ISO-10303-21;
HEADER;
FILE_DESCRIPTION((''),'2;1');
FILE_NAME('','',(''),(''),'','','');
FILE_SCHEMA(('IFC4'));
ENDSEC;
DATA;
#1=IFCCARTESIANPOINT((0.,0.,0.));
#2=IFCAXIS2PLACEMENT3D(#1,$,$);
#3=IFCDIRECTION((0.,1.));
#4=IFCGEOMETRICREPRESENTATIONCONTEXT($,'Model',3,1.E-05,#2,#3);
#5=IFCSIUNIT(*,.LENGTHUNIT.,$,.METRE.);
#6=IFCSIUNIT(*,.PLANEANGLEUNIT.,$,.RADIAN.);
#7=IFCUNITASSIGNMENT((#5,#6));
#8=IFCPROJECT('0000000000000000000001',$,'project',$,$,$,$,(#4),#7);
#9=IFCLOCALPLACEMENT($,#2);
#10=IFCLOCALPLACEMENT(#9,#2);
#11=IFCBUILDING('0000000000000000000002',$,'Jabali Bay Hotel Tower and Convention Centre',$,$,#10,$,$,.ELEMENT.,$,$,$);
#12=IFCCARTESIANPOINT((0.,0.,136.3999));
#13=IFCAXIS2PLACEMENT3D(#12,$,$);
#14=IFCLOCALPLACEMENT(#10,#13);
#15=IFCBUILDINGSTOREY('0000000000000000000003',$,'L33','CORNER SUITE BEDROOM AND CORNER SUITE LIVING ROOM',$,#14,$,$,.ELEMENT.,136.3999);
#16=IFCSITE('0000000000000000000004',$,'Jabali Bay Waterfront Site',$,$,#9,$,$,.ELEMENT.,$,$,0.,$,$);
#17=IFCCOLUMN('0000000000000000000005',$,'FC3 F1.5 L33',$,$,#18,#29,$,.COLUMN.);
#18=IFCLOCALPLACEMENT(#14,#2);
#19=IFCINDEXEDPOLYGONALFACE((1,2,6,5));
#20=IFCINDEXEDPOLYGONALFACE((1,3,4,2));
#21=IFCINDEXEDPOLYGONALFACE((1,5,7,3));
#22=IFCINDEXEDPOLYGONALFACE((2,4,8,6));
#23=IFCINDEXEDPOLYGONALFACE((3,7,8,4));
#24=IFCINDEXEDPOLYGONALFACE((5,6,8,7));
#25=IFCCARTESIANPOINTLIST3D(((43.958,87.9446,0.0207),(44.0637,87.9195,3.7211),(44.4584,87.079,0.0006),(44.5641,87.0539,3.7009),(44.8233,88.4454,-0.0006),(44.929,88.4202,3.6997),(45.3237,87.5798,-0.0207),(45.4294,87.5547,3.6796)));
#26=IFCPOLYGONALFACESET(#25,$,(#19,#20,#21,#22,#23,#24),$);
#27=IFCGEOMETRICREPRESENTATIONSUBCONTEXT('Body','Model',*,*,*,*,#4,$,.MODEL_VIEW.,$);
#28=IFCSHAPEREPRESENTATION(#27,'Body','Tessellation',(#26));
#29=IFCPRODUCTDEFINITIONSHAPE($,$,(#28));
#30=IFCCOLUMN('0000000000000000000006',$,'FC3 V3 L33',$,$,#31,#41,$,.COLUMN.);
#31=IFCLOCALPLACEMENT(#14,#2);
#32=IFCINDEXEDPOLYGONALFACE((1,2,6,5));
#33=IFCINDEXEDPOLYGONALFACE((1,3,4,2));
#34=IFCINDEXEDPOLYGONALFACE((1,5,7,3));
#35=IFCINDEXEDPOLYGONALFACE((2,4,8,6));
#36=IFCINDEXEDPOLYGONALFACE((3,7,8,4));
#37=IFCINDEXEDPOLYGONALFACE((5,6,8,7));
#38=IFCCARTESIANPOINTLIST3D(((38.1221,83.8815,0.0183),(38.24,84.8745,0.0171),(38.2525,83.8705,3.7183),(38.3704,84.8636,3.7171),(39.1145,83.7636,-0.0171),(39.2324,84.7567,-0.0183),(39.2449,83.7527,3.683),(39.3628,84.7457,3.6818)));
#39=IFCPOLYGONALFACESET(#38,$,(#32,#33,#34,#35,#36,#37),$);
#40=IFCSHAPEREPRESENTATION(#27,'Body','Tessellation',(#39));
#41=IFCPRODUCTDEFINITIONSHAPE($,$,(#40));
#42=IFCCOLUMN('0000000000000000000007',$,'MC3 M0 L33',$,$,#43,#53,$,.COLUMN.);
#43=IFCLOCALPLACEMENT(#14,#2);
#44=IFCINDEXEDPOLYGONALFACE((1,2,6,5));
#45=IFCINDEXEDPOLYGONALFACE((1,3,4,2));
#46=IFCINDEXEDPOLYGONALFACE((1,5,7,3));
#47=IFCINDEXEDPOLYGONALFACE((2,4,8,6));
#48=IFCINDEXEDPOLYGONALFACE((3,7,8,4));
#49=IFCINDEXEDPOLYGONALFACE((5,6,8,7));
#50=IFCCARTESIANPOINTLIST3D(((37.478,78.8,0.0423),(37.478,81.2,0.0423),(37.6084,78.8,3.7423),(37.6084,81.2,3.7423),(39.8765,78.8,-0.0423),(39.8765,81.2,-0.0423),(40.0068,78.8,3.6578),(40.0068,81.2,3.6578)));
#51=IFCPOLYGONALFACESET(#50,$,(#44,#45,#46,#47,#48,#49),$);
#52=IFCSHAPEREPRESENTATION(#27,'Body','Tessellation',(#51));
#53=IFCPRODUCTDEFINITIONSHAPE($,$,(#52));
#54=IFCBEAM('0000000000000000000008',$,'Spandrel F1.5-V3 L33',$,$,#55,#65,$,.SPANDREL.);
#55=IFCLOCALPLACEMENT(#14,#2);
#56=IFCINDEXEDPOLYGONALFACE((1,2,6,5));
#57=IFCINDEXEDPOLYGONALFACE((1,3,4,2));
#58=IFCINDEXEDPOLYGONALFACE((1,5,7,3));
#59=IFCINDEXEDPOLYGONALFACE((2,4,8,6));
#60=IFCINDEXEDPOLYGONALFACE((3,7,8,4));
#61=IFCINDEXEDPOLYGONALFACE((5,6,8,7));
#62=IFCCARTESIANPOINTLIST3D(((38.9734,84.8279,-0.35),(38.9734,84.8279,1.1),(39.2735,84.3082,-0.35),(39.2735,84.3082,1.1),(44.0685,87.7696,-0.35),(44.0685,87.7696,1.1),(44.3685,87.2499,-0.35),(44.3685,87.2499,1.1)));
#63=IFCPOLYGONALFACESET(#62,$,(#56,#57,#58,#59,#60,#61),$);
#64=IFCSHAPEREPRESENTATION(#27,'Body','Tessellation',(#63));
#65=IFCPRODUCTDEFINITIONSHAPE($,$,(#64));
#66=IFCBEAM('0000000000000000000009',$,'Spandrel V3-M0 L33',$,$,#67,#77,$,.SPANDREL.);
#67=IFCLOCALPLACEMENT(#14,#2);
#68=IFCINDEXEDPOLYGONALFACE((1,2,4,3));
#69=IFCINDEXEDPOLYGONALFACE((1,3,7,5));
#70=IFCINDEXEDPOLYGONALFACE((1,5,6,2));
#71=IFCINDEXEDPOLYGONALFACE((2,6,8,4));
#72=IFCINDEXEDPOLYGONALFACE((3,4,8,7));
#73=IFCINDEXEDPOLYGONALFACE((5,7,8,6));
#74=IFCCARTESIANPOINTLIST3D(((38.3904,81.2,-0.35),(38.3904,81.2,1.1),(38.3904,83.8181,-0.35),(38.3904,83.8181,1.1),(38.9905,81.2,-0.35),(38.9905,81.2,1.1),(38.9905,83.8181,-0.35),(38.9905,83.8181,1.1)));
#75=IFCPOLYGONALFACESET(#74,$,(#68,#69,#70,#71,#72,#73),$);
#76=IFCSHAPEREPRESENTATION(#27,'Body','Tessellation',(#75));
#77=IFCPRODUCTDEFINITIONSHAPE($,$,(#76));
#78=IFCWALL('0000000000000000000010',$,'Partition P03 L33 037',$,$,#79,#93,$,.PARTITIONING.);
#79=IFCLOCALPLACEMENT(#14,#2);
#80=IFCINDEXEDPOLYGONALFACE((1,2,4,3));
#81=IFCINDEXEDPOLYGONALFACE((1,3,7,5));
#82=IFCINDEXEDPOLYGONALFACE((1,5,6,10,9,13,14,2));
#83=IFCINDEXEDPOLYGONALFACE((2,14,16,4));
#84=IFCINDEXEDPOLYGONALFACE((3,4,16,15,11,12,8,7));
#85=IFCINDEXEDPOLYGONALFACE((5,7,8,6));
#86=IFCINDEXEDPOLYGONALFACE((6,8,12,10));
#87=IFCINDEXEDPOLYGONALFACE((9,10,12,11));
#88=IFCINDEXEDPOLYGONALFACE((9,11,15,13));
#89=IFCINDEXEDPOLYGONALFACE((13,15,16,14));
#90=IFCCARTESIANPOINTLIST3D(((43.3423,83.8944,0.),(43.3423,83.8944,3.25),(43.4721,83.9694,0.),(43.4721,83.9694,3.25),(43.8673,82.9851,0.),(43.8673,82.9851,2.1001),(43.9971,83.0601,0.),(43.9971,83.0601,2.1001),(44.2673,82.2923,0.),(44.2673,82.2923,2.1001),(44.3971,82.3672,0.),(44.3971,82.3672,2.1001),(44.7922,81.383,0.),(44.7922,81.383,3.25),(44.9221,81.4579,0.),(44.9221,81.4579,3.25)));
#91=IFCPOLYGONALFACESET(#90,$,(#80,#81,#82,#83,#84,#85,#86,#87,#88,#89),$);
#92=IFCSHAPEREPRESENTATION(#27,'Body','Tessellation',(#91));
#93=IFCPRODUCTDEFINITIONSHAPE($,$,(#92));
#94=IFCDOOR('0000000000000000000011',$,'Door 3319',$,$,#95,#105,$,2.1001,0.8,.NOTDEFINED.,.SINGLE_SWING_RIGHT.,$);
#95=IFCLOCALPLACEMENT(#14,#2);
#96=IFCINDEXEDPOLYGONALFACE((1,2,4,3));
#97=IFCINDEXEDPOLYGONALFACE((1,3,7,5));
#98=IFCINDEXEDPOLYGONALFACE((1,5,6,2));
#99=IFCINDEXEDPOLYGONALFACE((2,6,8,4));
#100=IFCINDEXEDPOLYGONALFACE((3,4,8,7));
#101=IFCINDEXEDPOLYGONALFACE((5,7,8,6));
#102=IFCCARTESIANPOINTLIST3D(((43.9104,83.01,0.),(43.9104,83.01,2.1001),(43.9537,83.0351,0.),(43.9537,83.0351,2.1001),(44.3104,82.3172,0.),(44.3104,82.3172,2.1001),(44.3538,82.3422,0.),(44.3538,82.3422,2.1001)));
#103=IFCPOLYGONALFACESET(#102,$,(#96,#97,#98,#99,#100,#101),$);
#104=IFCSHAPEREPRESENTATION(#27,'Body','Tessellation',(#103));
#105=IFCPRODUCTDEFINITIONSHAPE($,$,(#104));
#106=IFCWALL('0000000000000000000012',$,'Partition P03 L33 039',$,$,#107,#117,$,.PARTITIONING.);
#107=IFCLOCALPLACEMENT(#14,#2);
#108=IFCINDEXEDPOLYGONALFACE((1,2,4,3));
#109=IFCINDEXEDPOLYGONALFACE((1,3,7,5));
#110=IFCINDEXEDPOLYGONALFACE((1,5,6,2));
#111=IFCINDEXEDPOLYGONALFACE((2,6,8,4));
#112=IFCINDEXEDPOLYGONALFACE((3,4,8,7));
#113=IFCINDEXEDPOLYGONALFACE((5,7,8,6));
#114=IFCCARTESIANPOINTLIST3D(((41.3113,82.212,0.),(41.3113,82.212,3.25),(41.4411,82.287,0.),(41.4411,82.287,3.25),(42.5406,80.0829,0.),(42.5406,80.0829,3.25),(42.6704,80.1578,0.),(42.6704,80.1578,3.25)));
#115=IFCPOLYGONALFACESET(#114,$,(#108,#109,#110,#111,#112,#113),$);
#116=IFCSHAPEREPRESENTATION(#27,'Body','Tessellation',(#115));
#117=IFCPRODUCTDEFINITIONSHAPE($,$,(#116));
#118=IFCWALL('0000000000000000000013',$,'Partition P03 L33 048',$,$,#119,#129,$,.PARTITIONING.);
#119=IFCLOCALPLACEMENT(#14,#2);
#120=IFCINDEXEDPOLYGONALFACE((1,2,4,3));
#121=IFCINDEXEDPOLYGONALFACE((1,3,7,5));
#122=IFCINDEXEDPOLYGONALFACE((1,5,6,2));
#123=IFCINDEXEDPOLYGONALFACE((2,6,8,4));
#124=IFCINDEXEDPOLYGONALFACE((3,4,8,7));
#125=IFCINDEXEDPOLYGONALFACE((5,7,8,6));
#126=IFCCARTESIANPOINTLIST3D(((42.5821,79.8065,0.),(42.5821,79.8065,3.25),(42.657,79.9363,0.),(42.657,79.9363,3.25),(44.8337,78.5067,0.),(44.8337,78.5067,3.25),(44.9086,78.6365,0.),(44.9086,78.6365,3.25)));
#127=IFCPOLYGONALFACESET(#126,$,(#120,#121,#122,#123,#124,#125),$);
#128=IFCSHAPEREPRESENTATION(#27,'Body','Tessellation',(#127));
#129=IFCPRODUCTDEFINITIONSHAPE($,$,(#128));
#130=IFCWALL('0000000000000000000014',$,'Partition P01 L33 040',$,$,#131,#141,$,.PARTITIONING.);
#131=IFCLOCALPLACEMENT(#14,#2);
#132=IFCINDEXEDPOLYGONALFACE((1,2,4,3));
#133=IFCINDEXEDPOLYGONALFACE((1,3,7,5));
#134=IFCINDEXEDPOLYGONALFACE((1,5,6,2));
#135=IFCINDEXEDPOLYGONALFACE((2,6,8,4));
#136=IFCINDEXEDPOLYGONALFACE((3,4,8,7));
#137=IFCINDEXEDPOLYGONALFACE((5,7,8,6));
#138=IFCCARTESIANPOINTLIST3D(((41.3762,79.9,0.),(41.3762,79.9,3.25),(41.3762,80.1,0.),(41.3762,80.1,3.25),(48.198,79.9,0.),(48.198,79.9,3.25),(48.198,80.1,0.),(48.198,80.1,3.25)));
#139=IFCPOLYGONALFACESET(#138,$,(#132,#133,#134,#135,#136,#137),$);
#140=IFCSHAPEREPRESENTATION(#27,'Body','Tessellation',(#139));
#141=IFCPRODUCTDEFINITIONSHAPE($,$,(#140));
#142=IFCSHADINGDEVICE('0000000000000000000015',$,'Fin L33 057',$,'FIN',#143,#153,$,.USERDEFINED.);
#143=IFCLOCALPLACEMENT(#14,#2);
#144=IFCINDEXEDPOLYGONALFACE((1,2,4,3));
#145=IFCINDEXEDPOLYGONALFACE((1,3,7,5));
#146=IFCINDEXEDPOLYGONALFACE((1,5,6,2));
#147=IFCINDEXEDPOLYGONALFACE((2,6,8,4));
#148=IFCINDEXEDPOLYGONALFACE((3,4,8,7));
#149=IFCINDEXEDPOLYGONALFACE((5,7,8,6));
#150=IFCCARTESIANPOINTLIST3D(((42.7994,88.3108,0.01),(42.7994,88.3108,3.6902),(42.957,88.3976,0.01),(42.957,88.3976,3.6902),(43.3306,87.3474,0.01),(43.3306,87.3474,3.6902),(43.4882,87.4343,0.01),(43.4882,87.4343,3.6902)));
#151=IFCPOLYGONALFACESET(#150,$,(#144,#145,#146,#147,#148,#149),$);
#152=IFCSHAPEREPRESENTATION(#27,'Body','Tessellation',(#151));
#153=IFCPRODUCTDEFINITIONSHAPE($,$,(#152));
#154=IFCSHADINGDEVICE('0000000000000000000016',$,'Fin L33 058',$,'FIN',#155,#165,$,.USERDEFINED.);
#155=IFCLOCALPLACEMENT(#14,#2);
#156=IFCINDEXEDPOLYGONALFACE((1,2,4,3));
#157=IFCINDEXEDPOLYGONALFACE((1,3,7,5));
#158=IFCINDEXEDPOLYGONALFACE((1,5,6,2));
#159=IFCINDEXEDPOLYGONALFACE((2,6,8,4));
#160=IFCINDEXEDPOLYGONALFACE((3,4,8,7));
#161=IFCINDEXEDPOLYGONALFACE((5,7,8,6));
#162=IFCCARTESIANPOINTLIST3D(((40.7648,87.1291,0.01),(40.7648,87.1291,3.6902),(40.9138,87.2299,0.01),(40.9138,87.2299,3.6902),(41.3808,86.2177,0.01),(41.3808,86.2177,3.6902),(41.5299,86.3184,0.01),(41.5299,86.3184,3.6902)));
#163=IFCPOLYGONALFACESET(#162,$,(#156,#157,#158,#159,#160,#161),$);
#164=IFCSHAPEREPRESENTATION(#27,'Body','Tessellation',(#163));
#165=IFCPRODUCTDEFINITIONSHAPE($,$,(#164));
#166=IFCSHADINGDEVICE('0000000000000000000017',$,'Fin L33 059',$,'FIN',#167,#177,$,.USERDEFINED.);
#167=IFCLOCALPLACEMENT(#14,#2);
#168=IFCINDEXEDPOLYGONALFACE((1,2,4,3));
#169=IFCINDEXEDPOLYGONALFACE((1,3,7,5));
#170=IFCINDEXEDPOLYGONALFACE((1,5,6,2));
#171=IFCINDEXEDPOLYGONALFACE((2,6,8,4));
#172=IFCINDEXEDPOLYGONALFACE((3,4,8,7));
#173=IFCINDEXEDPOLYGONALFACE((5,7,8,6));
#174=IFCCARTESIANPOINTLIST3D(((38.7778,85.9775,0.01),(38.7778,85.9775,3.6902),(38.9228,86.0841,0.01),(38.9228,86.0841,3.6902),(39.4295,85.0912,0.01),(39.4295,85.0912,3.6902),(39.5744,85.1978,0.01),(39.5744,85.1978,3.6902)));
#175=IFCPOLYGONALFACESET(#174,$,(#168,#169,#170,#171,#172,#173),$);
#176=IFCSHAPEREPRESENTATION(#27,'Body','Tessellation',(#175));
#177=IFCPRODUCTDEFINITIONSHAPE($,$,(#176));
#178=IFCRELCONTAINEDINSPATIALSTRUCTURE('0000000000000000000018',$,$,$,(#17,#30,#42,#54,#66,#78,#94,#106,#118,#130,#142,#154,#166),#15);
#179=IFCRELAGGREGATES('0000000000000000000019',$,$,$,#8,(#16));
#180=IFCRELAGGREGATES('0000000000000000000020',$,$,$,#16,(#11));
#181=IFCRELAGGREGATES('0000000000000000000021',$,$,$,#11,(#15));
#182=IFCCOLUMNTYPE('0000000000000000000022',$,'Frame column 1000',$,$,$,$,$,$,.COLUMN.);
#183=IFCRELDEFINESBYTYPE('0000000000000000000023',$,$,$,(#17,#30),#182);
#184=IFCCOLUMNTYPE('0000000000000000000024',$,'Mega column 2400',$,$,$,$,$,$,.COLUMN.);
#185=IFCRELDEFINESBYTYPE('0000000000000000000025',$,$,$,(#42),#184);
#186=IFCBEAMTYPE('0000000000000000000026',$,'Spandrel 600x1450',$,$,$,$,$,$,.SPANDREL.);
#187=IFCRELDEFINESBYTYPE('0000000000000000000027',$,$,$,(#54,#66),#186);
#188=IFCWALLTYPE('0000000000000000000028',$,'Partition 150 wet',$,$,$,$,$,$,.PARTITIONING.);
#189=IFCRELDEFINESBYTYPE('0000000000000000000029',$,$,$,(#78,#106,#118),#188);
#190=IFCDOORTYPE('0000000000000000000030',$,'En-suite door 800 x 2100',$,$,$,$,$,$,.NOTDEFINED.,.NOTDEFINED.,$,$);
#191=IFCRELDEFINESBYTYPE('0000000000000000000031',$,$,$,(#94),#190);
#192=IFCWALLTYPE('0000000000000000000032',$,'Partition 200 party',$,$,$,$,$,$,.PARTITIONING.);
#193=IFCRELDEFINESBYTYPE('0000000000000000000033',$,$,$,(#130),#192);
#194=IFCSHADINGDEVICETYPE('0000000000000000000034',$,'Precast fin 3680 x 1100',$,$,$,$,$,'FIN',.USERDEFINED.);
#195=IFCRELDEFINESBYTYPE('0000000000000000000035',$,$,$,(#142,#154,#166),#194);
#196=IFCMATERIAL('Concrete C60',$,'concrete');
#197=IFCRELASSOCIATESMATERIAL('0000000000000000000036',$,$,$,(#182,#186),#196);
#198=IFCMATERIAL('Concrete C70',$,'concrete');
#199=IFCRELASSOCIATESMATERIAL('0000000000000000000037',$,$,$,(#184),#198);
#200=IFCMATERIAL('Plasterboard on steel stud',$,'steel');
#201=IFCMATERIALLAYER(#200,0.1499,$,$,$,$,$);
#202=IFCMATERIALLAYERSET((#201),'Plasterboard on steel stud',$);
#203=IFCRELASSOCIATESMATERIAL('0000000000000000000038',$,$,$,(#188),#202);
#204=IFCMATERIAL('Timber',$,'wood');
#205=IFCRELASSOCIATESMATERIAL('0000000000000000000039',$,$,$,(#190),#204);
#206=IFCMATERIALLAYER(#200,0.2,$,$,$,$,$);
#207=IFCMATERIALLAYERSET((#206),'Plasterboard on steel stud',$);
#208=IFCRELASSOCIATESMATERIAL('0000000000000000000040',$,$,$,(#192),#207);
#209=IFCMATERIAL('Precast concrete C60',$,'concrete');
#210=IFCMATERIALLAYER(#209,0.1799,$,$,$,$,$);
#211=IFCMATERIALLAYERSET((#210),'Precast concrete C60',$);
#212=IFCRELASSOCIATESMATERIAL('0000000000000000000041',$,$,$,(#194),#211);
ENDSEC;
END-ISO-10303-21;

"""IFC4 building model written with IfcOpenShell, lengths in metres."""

from ifc_helpers import new_model, si_unit, direction, frame, frame_2d, origin, origin_2d, place, context, subcontext, project, spatial, rectangle, extrude, material, layer, layer_set, material_profile, profile_set, type_object, element, fill, save


model = new_model("IFC4")

# Units and contexts
model_context = context("Model", 3, precision=1e-05, world=origin(), true_north=direction((0.0, 1.0)))
body_context = subcontext(model_context, "Body", "Model", "MODEL_VIEW")
ifc_project = project(units=[si_unit("LENGTHUNIT", "METRE"), si_unit("PLANEANGLEUNIT", "RADIAN")], contexts=[model_context])

# Site, building, storey
site_placement = place(None, origin())
site = spatial("IfcSite", under=ifc_project, at=site_placement, Name="Jabali Bay Waterfront Site", CompositionType="ELEMENT", RefElevation=0.0)
building_placement = place(site_placement, origin())
building = spatial("IfcBuilding", under=site, at=building_placement, Name="Jabali Bay Hotel Tower and Convention Centre", CompositionType="ELEMENT")
storey_placement = place(building_placement, frame((0.0, 0.0, 136.3999)))
storey = spatial("IfcBuildingStorey", under=building, at=storey_placement, Name="L33", Description="CORNER SUITE BEDROOM AND CORNER SUITE LIVING ROOM", CompositionType="ELEMENT", Elevation=136.3999)

# Columns
ifc_material_1 = material(Name="Concrete C60", Category="concrete")
ifc_material_profile_1 = material_profile(ifc_material_1, rectangle(XDim=1.0, YDim=1.0, at=origin_2d()), Name="Frame column 1000")
ifc_profile_set_1 = profile_set([ifc_material_profile_1], Name="Concrete C60")
column_type_1 = type_object("IfcColumnType", Name="Frame column 1000", PredefinedType="COLUMN", material=ifc_profile_set_1)
column_1_placement = place(storey_placement, frame((44.6409, 87.7622, 0.0), z_axis=(0.028557, -0.006793, 0.999569), x_axis=(-0.500404, 0.865557, 0.020179)))
element("IfcColumn", 1, at=column_1_placement, inside=storey, type_object=column_type_1, Name="FC3 F1.5 L33", PredefinedType="COLUMN", context=body_context, shape_type="SweptSolid", body=[
    extrude(rectangle(XDim=1.0, YDim=1.0, at=origin_2d()), origin(), (0.0, 0.0, 1.0), 3.7019),
])
column_2_placement = place(storey_placement, frame((38.6772, 84.3191, 0.0), z_axis=(0.035212, -0.002967, 0.999375), x_axis=(-0.992401, 0.117866, 0.035316)))
element("IfcColumn", 2, at=column_2_placement, inside=storey, type_object=column_type_1, Name="FC3 V3 L33", PredefinedType="COLUMN", context=body_context, shape_type="SweptSolid", body=[
    extrude(rectangle(XDim=1.0, YDim=1.0, at=origin_2d()), origin(), (0.0, 0.0, 1.0), 3.7024),
])
ifc_material_2 = material(Name="Concrete C70", Category="concrete")
ifc_material_profile_2 = material_profile(ifc_material_2, rectangle(XDim=2.3999, YDim=2.3999, at=origin_2d()), Name="Mega column 2400")
ifc_profile_set_2 = profile_set([ifc_material_profile_2], Name="Concrete C70")
column_type_2 = type_object("IfcColumnType", Name="Mega column 2400", PredefinedType="COLUMN", material=ifc_profile_set_2)
column_3_placement = place(storey_placement, frame((38.6772, 80.0, 0.0), z_axis=(0.035212, 0.0, 0.99938), x_axis=(0.0, 1.0, 0.0)))
element("IfcColumn", 3, at=column_3_placement, inside=storey, type_object=column_type_2, Name="MC3 M0 L33", PredefinedType="COLUMN", context=body_context, shape_type="SweptSolid", body=[
    extrude(rectangle(XDim=2.3999, YDim=2.3999, at=origin_2d()), origin(), (0.0, 0.0, 1.0), 3.7024),
])

# Beams
ifc_material_profile_3 = material_profile(ifc_material_1, rectangle(XDim=0.6001, YDim=1.45, at=origin_2d()), Name="Spandrel 600x1450")
ifc_profile_set_3 = profile_set([ifc_material_profile_3], Name="Concrete C60")
beam_type = type_object("IfcBeamType", Name="Spandrel 600x1450", PredefinedType="SPANDREL", material=ifc_profile_set_3)
beam_1_placement = place(storey_placement, frame((44.2185, 87.5098, 0.375), z_axis=(-0.86602, -0.500009, 0.0), x_axis=(0.500009, -0.86602, 0.0)))
element("IfcBeam", 4, at=beam_1_placement, inside=storey, type_object=beam_type, Name="Spandrel F1.5-V3 L33", PredefinedType="SPANDREL", context=body_context, shape_type="SweptSolid", body=[
    extrude(rectangle(XDim=0.6001, YDim=1.45, at=origin_2d()), origin(), (0.0, 0.0, 1.0), 5.8833),
])
beam_2_placement = place(storey_placement, frame((38.6904, 83.8181, 0.375), z_axis=(0.0, -1.0, 0.0), x_axis=(1.0, 0.0, 0.0)))
element("IfcBeam", 5, at=beam_2_placement, inside=storey, type_object=beam_type, Name="Spandrel V3-M0 L33", PredefinedType="SPANDREL", context=body_context, shape_type="SweptSolid", body=[
    extrude(rectangle(XDim=0.6001, YDim=1.45, at=origin_2d()), origin(), (0.0, 0.0, 1.0), 2.6182),
])

# Wall, opening, door
ifc_material_3 = material(Name="Plasterboard on steel stud", Category="steel")
ifc_layer_1 = layer(ifc_material_3, 0.1499)
ifc_layer_set_1 = layer_set([ifc_layer_1], Name="Plasterboard on steel stud")
wall_type_1 = type_object("IfcWallType", Name="Partition 150 wet", PredefinedType="PARTITIONING", material=ifc_layer_set_1)
wall_1_placement = place(storey_placement, frame((43.4072, 83.9319, 0.0), z_axis=(0.0, 0.0, 1.0), x_axis=(0.499987, -0.866033, 0.0)))
wall_1 = element("IfcWall", 6, at=wall_1_placement, inside=storey, type_object=wall_type_1, Name="Partition P03 L33 037", PredefinedType="PARTITIONING", context=body_context, shape_type="SweptSolid", body=[
    extrude(rectangle(XDim=2.8999, YDim=0.1499, at=frame_2d((1.45, 0.0))), origin(), (0.0, 0.0, 1.0), 3.25),
])
opening_1_placement = place(wall_1_placement, frame((1.05, 0.0, 0.0)))
opening_1 = element("IfcOpeningElement", 7, at=opening_1_placement, cuts=wall_1, PredefinedType="OPENING", context=body_context, shape_type="SweptSolid", body=[
    extrude(rectangle(XDim=0.8, YDim=2.1001, at=frame_2d((0.3999, 1.05))), frame((0.0, 0.0854, 0.0), z_axis=(0.0, -1.0, 0.0), x_axis=(1.0, 0.0, 0.0)), (0.0, 0.0, 1.0), 0.1709),
])
ifc_material_4 = material(Name="Timber", Category="wood")
door_type_1 = type_object("IfcDoorType", Name="En-suite door 800 x 2100", OperationType="NOTDEFINED", PredefinedType="NOTDEFINED", material=ifc_material_4)
door_1_placement = place(opening_1_placement, origin())
door_1 = element("IfcDoor", 8, at=door_1_placement, inside=storey, type_object=door_type_1, Name="Door 3319", OperationType="SINGLE_SWING_RIGHT", OverallHeight=2.1001, OverallWidth=0.8, PredefinedType="NOTDEFINED", context=body_context, shape_type="SweptSolid", body=[
    extrude(rectangle(XDim=0.8, YDim=2.1001, at=frame_2d((0.3999, 1.05))), frame((0.0, 0.0249, 0.0), z_axis=(0.0, -1.0, 0.0), x_axis=(1.0, 0.0, 0.0)), (0.0, 0.0, 1.0), 0.05),
])
fill(opening_1, door_1)

# Walls
wall_2_placement = place(storey_placement, frame((42.6055, 80.1204, 0.0), z_axis=(0.0, 0.0, 1.0), x_axis=(-0.499995, 0.866028, 0.0)))
element("IfcWall", 9, at=wall_2_placement, inside=storey, type_object=wall_type_1, Name="Partition P03 L33 039", PredefinedType="PARTITIONING", context=body_context, shape_type="SweptSolid", body=[
    extrude(rectangle(XDim=2.4585, YDim=0.1499, at=frame_2d((1.2292, 0.0))), origin(), (0.0, 0.0, 1.0), 3.25),
])
wall_3_placement = place(storey_placement, frame((42.6196, 79.8713, 0.0), z_axis=(0.0, 0.0, 1.0), x_axis=(0.866062, -0.499937, 0.0)))
element("IfcWall", 10, at=wall_3_placement, inside=storey, type_object=wall_type_1, Name="Partition P03 L33 048", PredefinedType="PARTITIONING", context=body_context, shape_type="SweptSolid", body=[
    extrude(rectangle(XDim=2.5999, YDim=0.1499, at=frame_2d((1.2998, 0.0))), origin(), (0.0, 0.0, 1.0), 3.25),
])
ifc_layer_2 = layer(ifc_material_3, 0.2)
ifc_layer_set_2 = layer_set([ifc_layer_2], Name="Plasterboard on steel stud")
wall_type_2 = type_object("IfcWallType", Name="Partition 200 party", PredefinedType="PARTITIONING", material=ifc_layer_set_2)
wall_4_placement = place(storey_placement, frame((41.3762, 80.0, 0.0), z_axis=(0.0, 0.0, 1.0), x_axis=(1.0, 0.0, 0.0)))
element("IfcWall", 11, at=wall_4_placement, inside=storey, type_object=wall_type_2, Name="Partition P01 L33 040", PredefinedType="PARTITIONING", context=body_context, shape_type="SweptSolid", body=[
    extrude(rectangle(XDim=6.8218, YDim=0.2, at=frame_2d((3.4109, 0.0))), origin(), (0.0, 0.0, 1.0), 3.25),
])

# Shading devices
ifc_material_5 = material(Name="Precast concrete C60", Category="concrete")
ifc_layer_3 = layer(ifc_material_5, 0.1799)
ifc_layer_set_3 = layer_set([ifc_layer_3], Name="Precast concrete C60")
shading_device_type_1 = type_object("IfcShadingDeviceType", Name="Precast fin 3680 x 1100", ElementType="FIN", PredefinedType="USERDEFINED", material=ifc_layer_set_3)
for number, where, z_axis, x_axis, name in (
    (12, (43.4094, 87.3909, 0.01), (0.0, 0.0, 1.0), (-0.48289, 0.875681, 0.0), "Fin L33 057"),
    (13, (41.4553, 86.2681, 0.01), (0.0, 0.0, 1.0), (-0.559964, 0.828517, 0.0), "Fin L33 058"),
    (14, (39.502, 85.1445, 0.01), (0.0, 0.0, 1.0), (-0.592374, 0.805663, 0.0), "Fin L33 059"),
):
    element("IfcShadingDevice", number, at=place(storey_placement, frame(where, z_axis=z_axis, x_axis=x_axis)), inside=storey, type_object=shading_device_type_1, Name=name, ObjectType="FIN", PredefinedType="USERDEFINED", context=body_context, shape_type="SweptSolid", body=[
        extrude(rectangle(XDim=1.1001, YDim=0.1799, at=frame_2d((0.55, 0.0))), origin(), (0.0, 0.0, 1.0), 3.6802),
    ])

save(model, "model.ifc")
